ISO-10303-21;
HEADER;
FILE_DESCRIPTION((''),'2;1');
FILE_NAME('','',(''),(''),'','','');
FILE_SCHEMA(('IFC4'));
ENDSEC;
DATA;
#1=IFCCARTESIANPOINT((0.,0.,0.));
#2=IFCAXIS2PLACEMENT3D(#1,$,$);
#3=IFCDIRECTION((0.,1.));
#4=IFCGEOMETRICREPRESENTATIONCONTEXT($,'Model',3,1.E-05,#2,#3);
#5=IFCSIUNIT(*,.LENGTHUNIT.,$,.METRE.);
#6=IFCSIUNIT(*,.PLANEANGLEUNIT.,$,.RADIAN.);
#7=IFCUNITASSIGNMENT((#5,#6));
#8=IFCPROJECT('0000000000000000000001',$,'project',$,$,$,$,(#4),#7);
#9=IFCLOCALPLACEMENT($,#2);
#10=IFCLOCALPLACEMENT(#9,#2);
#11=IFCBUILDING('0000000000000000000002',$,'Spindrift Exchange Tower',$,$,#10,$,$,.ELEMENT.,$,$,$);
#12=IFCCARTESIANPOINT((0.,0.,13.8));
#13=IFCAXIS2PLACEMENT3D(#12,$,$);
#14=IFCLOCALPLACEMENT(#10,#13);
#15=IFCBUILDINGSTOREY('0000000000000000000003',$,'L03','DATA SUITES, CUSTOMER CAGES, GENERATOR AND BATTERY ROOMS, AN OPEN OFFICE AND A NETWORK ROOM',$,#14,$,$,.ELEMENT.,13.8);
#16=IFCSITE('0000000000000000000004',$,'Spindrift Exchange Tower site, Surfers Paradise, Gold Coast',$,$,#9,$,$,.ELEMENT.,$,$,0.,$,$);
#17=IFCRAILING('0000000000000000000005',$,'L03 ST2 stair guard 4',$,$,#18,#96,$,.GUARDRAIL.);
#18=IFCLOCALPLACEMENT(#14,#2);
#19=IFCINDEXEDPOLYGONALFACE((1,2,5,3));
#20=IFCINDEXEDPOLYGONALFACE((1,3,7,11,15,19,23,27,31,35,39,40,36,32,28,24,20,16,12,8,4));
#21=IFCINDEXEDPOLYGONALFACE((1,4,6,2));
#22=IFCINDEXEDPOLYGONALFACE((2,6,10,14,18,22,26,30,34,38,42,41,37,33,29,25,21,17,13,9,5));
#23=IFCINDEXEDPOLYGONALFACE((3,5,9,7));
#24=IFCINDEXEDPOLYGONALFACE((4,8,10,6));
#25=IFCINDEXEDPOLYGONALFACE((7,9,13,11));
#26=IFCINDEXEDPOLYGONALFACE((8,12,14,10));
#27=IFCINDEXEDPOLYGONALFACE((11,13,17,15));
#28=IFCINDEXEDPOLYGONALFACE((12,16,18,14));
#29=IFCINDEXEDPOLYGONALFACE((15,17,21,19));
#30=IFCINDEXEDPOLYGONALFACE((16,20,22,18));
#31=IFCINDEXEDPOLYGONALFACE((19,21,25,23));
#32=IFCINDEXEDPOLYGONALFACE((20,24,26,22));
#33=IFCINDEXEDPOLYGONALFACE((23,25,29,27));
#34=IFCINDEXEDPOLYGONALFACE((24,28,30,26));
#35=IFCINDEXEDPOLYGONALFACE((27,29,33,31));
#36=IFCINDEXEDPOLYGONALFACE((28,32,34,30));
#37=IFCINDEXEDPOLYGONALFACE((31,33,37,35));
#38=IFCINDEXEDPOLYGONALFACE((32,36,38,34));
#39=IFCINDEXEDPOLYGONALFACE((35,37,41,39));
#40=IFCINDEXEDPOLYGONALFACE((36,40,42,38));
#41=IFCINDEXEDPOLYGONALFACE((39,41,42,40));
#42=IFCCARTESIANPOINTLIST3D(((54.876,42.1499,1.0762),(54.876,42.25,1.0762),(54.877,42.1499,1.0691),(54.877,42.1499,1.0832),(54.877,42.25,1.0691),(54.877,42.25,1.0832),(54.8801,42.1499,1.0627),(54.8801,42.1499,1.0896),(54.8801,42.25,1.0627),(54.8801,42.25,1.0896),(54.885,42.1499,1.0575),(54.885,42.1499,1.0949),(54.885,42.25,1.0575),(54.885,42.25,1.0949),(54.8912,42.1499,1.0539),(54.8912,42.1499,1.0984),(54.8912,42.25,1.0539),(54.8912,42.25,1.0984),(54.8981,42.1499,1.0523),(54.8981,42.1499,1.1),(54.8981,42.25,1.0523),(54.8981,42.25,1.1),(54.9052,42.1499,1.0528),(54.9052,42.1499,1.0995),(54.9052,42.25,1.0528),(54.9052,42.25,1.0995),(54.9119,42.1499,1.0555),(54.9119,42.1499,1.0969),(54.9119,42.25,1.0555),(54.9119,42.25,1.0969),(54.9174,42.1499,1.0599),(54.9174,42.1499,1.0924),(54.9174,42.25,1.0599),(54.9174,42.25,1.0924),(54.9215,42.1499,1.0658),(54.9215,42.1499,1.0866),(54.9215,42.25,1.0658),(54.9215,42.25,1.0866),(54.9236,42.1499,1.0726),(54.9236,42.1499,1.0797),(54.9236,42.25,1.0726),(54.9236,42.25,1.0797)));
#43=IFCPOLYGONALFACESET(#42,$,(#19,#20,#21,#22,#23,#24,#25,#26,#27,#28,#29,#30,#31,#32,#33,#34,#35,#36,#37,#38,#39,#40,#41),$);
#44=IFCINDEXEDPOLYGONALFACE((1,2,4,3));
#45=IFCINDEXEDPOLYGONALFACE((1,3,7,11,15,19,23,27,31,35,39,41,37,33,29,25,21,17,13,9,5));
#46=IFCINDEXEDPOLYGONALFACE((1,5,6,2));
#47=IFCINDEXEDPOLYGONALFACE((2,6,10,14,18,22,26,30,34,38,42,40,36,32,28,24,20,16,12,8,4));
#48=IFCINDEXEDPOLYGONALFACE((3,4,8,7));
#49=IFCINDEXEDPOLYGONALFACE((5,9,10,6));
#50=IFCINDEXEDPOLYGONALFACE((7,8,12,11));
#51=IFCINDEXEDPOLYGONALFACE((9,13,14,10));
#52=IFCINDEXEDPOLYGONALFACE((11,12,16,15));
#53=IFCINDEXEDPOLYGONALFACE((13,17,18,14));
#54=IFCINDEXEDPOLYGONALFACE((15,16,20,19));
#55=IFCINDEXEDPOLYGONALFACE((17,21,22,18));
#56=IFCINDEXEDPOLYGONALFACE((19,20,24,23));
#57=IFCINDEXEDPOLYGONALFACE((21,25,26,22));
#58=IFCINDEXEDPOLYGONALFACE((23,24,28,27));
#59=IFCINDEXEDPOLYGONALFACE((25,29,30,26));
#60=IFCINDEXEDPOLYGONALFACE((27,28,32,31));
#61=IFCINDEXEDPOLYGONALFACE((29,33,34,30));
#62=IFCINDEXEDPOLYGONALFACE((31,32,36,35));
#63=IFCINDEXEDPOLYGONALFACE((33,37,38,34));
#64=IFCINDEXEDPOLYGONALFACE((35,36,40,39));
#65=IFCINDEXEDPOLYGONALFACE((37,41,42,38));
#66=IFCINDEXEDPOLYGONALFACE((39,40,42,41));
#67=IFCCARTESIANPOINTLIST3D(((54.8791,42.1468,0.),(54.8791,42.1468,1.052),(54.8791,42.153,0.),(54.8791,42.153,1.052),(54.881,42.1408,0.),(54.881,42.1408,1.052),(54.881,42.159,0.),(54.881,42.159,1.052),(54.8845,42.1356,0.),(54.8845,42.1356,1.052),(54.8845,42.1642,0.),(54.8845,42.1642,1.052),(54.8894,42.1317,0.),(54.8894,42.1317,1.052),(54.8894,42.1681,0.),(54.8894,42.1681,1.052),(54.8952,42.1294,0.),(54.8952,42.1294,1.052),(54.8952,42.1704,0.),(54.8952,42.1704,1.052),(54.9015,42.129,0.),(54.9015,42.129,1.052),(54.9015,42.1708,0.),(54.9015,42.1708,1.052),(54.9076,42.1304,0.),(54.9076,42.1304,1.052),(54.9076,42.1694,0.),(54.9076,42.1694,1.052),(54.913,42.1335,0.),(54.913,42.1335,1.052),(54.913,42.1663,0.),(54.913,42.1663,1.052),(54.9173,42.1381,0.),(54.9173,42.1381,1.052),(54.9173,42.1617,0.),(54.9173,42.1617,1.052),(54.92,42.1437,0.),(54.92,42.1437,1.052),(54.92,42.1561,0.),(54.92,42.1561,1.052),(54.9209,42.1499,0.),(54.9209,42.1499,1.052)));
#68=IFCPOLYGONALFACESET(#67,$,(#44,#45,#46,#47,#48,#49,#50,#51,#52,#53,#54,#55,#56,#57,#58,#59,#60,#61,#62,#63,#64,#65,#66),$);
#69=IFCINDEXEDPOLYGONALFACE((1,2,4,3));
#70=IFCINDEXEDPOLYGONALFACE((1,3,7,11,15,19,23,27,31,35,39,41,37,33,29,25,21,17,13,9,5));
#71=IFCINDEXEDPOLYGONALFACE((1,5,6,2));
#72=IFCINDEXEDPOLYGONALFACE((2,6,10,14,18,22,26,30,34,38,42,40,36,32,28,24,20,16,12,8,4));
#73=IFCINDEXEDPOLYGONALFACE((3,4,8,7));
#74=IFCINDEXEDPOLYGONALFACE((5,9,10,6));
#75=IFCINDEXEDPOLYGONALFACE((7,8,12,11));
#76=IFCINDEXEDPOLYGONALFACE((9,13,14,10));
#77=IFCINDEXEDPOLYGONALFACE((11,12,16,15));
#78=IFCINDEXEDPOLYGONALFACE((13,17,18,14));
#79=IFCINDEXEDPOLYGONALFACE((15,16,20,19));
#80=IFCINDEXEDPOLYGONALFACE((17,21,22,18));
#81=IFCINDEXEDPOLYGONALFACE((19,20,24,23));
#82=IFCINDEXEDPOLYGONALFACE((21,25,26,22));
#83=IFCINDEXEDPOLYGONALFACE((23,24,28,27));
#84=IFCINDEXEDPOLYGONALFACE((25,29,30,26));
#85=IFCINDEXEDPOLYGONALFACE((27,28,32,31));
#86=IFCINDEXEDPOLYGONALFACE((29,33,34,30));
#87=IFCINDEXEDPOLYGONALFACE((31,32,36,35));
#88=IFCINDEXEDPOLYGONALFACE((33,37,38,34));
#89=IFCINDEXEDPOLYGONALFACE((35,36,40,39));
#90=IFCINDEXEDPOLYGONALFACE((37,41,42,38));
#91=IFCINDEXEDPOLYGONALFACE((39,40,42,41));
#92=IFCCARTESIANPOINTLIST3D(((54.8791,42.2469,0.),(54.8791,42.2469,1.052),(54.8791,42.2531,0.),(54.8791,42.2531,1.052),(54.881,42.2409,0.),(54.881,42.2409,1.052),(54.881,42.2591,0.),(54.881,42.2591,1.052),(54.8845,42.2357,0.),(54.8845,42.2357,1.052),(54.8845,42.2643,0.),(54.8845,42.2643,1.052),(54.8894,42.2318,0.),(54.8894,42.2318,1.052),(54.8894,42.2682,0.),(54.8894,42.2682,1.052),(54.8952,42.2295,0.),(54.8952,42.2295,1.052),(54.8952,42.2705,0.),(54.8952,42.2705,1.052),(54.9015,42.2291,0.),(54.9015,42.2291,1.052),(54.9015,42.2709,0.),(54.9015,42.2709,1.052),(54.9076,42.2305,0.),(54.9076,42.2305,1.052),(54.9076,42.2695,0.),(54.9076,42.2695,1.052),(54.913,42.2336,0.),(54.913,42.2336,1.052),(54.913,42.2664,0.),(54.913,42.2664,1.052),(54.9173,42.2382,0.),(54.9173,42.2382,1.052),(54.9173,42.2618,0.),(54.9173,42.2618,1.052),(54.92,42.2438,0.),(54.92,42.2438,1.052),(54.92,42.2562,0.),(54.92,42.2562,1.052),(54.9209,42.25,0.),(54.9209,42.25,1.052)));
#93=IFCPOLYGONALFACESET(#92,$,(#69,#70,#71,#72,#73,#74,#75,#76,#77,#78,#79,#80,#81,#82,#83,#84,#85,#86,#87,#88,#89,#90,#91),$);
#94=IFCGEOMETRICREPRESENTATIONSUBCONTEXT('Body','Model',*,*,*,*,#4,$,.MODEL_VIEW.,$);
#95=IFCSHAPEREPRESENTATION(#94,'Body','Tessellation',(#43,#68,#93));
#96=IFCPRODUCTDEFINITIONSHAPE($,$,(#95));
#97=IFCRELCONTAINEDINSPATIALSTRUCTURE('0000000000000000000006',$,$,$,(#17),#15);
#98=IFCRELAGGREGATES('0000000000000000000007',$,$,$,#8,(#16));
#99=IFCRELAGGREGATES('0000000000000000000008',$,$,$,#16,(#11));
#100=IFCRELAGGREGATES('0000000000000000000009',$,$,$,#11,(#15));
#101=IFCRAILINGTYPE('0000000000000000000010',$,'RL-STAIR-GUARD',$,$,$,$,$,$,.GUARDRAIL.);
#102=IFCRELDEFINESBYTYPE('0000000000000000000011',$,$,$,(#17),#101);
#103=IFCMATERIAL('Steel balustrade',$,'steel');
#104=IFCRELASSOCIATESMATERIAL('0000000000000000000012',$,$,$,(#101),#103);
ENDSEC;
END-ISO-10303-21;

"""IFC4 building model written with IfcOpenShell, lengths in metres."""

from ifc_helpers import new_model, si_unit, direction, frame, origin, origin_2d, place, context, subcontext, project, spatial, circle, extrude, material, type_object, element, save


model = new_model("IFC4")

# Units and contexts
model_context = context("Model", 3, precision=1e-05, world=origin(), true_north=direction((0.0, 1.0)))
body_context = subcontext(model_context, "Body", "Model", "MODEL_VIEW")
ifc_project = project(units=[si_unit("LENGTHUNIT", "METRE"), si_unit("PLANEANGLEUNIT", "RADIAN")], contexts=[model_context])

# Site, building, storey
site_placement = place(None, origin())
site = spatial("IfcSite", under=ifc_project, at=site_placement, Name="Spindrift Exchange Tower site, Surfers Paradise, Gold Coast", CompositionType="ELEMENT", RefElevation=0.0)
building_placement = place(site_placement, origin())
building = spatial("IfcBuilding", under=site, at=building_placement, Name="Spindrift Exchange Tower", CompositionType="ELEMENT")
storey_placement = place(building_placement, frame((0.0, 0.0, 13.8)))
storey = spatial("IfcBuildingStorey", under=building, at=storey_placement, Name="L03", Description="DATA SUITES, CUSTOMER CAGES, GENERATOR AND BATTERY ROOMS, AN OPEN OFFICE AND A NETWORK ROOM", CompositionType="ELEMENT", Elevation=13.8)

# Railing
ifc_material_1 = material(Name="Steel balustrade", Category="steel")
railing_type_1 = type_object("IfcRailingType", Name="RL-STAIR-GUARD", PredefinedType="GUARDRAIL", material=ifc_material_1)
railing_1_placement = place(storey_placement, frame((54.8999, 42.1499, 0.0)))
element("IfcRailing", 1, at=railing_1_placement, inside=storey, type_object=railing_type_1, Name="L03 ST2 stair guard 4", PredefinedType="GUARDRAIL", context=body_context, shape_type="SweptSolid", body=[
    extrude(circle(Radius=0.0239, at=origin_2d()), frame((0.0, 0.0, 1.0762), z_axis=(0.0, 1.0, 0.0), x_axis=(-1.0, 0.0, 0.0)), (0.0, 0.0, 1.0), 0.1001),
    extrude(circle(Radius=0.021, at=origin_2d()), origin(), (0.0, 0.0, 1.0), 1.052),
    extrude(circle(Radius=0.021, at=origin_2d()), frame((0.0, 0.1001, 0.0)), (0.0, 0.0, 1.0), 1.052),
])

save(model, "model.ifc")
